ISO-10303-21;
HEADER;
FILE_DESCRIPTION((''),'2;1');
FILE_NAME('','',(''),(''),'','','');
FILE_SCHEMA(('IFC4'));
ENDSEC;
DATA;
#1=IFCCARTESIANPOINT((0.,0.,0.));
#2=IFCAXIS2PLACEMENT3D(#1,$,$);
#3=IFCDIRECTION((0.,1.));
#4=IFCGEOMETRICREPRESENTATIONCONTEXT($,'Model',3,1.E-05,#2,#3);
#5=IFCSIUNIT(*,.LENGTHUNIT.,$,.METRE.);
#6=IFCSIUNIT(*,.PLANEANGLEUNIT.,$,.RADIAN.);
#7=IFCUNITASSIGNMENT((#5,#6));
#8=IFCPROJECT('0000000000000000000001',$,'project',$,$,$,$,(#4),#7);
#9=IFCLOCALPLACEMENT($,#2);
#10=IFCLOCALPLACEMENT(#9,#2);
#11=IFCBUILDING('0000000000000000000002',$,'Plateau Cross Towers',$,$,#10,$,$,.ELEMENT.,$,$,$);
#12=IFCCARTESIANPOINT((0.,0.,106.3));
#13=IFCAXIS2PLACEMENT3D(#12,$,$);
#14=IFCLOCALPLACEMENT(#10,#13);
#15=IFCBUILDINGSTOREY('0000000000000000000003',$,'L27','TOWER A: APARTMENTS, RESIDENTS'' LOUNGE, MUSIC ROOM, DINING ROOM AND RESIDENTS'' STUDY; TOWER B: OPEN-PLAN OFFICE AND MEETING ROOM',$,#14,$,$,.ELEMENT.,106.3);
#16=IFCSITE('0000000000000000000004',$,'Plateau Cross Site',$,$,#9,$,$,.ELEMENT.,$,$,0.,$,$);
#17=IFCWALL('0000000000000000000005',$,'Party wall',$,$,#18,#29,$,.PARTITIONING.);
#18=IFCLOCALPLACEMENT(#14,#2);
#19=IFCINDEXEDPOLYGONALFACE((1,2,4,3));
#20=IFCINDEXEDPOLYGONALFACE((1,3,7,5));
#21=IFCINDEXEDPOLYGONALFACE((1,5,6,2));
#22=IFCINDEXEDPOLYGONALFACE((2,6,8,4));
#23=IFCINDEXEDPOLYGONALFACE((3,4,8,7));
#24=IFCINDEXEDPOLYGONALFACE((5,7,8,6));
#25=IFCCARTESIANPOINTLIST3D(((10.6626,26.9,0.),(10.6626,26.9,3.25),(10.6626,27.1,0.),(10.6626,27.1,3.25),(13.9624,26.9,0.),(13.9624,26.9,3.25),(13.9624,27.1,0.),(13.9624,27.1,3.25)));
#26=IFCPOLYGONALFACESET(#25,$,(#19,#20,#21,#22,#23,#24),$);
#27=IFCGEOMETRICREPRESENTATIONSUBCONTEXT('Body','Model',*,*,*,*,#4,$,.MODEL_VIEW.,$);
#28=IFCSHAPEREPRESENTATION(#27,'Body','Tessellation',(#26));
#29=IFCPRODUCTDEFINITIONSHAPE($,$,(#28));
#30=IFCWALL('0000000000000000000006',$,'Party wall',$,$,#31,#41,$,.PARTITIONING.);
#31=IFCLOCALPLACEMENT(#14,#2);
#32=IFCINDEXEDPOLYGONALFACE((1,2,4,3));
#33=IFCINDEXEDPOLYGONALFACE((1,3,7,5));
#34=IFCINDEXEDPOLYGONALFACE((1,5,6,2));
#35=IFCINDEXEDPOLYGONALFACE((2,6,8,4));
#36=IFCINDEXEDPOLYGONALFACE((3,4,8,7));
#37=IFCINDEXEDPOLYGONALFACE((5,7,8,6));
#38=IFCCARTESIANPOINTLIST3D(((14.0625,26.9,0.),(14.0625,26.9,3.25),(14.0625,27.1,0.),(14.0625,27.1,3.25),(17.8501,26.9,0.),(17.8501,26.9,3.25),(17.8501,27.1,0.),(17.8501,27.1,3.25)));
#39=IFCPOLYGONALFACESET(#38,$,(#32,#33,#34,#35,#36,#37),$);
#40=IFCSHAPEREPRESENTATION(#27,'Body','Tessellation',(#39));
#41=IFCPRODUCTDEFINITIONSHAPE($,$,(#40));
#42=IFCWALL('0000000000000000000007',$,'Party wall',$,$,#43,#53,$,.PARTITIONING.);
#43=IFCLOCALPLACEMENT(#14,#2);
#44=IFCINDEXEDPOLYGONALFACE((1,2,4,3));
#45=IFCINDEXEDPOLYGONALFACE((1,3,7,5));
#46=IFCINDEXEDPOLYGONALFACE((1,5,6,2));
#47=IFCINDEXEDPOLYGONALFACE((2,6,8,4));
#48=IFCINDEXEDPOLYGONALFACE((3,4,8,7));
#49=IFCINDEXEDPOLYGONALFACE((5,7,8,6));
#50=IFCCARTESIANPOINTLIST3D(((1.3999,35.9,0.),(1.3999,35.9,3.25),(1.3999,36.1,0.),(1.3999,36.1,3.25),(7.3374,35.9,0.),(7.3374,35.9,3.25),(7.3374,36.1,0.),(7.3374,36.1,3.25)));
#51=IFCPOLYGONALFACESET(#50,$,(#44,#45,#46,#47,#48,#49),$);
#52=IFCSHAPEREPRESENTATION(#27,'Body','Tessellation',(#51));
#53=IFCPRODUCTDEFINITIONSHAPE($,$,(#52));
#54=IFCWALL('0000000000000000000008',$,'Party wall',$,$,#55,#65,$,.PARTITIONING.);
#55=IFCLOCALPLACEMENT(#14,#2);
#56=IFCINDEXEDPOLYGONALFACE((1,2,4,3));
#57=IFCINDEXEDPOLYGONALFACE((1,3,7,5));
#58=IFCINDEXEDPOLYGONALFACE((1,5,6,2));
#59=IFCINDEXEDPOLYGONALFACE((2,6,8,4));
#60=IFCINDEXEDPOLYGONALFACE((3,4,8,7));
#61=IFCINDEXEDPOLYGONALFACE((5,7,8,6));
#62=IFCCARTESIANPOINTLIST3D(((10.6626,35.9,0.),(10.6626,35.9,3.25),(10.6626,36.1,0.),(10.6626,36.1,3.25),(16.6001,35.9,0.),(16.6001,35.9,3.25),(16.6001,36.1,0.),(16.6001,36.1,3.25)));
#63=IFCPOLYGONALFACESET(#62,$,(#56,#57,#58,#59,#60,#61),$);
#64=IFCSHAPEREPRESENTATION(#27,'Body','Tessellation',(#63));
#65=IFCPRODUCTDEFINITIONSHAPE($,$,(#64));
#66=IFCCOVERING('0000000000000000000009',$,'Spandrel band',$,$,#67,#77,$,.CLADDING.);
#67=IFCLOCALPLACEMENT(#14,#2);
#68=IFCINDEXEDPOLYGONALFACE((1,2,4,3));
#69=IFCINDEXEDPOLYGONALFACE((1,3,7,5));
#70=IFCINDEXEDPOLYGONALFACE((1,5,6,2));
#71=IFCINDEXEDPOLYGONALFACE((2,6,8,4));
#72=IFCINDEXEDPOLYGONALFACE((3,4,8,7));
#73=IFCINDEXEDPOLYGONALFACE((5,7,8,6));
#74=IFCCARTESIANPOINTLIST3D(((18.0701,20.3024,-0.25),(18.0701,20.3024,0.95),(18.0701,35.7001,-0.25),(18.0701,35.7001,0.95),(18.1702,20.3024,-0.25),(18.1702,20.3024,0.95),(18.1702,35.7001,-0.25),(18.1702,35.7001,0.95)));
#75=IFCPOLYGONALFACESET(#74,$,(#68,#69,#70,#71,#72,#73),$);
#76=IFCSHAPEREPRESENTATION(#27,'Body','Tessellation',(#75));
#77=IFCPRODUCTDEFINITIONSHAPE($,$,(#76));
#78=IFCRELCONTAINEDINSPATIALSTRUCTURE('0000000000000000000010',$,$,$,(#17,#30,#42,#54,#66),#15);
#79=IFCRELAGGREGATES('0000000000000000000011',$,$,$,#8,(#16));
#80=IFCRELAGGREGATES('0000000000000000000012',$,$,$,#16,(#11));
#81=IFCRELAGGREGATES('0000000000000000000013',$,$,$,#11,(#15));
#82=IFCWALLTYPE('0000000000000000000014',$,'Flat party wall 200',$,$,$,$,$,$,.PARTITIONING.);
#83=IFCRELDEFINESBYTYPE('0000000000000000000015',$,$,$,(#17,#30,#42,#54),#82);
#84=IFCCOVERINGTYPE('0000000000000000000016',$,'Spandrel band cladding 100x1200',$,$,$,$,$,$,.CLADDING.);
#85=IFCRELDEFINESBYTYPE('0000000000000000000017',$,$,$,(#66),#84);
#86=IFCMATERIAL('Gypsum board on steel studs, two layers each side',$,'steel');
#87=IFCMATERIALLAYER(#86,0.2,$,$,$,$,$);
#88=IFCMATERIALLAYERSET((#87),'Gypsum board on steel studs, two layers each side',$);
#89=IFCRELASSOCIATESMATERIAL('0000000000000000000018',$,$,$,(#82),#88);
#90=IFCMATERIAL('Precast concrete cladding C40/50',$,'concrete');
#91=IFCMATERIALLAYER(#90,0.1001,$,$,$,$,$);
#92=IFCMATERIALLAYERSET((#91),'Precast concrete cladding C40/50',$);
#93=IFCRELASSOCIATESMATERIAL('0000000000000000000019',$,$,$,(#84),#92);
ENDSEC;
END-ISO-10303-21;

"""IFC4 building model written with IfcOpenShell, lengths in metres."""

from ifc_helpers import new_model, si_unit, direction, frame, frame_2d, origin, origin_2d, place, context, subcontext, project, spatial, rectangle, extrude, material, layer, layer_set, type_object, element, save


model = new_model("IFC4")

# Units and contexts
model_context = context("Model", 3, precision=1e-05, world=origin(), true_north=direction((0.0, 1.0)))
body_context = subcontext(model_context, "Body", "Model", "MODEL_VIEW")
ifc_project = project(units=[si_unit("LENGTHUNIT", "METRE"), si_unit("PLANEANGLEUNIT", "RADIAN")], contexts=[model_context])

# Site, building, storey
site_placement = place(None, origin())
site = spatial("IfcSite", under=ifc_project, at=site_placement, Name="Plateau Cross Site", CompositionType="ELEMENT", RefElevation=0.0)
building_placement = place(site_placement, origin())
building = spatial("IfcBuilding", under=site, at=building_placement, Name="Plateau Cross Towers", CompositionType="ELEMENT")
storey_placement = place(building_placement, frame((0.0, 0.0, 106.3)))
storey = spatial("IfcBuildingStorey", under=building, at=storey_placement, Name="L27", Description="TOWER A: APARTMENTS, RESIDENTS' LOUNGE, MUSIC ROOM, DINING ROOM AND RESIDENTS' STUDY; TOWER B: OPEN-PLAN OFFICE AND MEETING ROOM", CompositionType="ELEMENT", Elevation=106.3)

# Walls
ifc_material_1 = material(Name="Gypsum board on steel studs, two layers each side", Category="steel")
ifc_layer_1 = layer(ifc_material_1, 0.2)
ifc_layer_set_1 = layer_set([ifc_layer_1], Name="Gypsum board on steel studs, two layers each side")
wall_type_1 = type_object("IfcWallType", Name="Flat party wall 200", PredefinedType="PARTITIONING", material=ifc_layer_set_1)
wall_1_placement = place(storey_placement, frame((13.9624, 27.0, 0.0), z_axis=(0.0, 0.0, 1.0), x_axis=(-1.0, 0.0, 0.0)))
element("IfcWall", 1, at=wall_1_placement, inside=storey, type_object=wall_type_1, Name="Party wall", PredefinedType="PARTITIONING", context=body_context, shape_type="SweptSolid", body=[
    extrude(rectangle(XDim=3.2998, YDim=0.2, at=frame_2d((1.6499, 0.0))), origin(), (0.0, 0.0, 1.0), 3.25),
])
wall_2_placement = place(storey_placement, frame((14.0625, 27.0, 0.0), z_axis=(0.0, 0.0, 1.0), x_axis=(1.0, 0.0, 0.0)))
element("IfcWall", 2, at=wall_2_placement, inside=storey, type_object=wall_type_1, Name="Party wall", PredefinedType="PARTITIONING", context=body_context, shape_type="SweptSolid", body=[
    extrude(rectangle(XDim=3.7876, YDim=0.2, at=frame_2d((1.8938, 0.0))), origin(), (0.0, 0.0, 1.0), 3.25),
])
for number, where, z_axis, x_axis, name in (
    (3, (7.3374, 36.0, 0.0), (0.0, 0.0, 1.0), (-1.0, 0.0, 0.0), "Party wall"),
    (4, (16.6001, 36.0, 0.0), (0.0, 0.0, 1.0), (-1.0, 0.0, 0.0), "Party wall"),
):
    element("IfcWall", number, at=place(storey_placement, frame(where, z_axis=z_axis, x_axis=x_axis)), inside=storey, type_object=wall_type_1, Name=name, PredefinedType="PARTITIONING", context=body_context, shape_type="SweptSolid", body=[
        extrude(rectangle(XDim=5.9375, YDim=0.2, at=frame_2d((2.9688, 0.0))), origin(), (0.0, 0.0, 1.0), 3.25),
    ])

# Covering
ifc_material_2 = material(Name="Precast concrete cladding C40/50", Category="concrete")
ifc_layer_2 = layer(ifc_material_2, 0.1001)
ifc_layer_set_2 = layer_set([ifc_layer_2], Name="Precast concrete cladding C40/50")
covering_type = type_object("IfcCoveringType", Name="Spandrel band cladding 100x1200", PredefinedType="CLADDING", material=ifc_layer_set_2)
covering_placement = place(storey_placement, frame((18.1201, 28.0012, -0.25), z_axis=(0.0, 0.0, 1.0), x_axis=(0.0, 1.0, 0.0)))
element("IfcCovering", 5, at=covering_placement, inside=storey, type_object=covering_type, Name="Spandrel band", PredefinedType="CLADDING", context=body_context, shape_type="SweptSolid", body=[
    extrude(rectangle(XDim=15.3977, YDim=0.1001, at=origin_2d()), origin(), (0.0, 0.0, 1.0), 1.2),
])

save(model, "model.ifc")
